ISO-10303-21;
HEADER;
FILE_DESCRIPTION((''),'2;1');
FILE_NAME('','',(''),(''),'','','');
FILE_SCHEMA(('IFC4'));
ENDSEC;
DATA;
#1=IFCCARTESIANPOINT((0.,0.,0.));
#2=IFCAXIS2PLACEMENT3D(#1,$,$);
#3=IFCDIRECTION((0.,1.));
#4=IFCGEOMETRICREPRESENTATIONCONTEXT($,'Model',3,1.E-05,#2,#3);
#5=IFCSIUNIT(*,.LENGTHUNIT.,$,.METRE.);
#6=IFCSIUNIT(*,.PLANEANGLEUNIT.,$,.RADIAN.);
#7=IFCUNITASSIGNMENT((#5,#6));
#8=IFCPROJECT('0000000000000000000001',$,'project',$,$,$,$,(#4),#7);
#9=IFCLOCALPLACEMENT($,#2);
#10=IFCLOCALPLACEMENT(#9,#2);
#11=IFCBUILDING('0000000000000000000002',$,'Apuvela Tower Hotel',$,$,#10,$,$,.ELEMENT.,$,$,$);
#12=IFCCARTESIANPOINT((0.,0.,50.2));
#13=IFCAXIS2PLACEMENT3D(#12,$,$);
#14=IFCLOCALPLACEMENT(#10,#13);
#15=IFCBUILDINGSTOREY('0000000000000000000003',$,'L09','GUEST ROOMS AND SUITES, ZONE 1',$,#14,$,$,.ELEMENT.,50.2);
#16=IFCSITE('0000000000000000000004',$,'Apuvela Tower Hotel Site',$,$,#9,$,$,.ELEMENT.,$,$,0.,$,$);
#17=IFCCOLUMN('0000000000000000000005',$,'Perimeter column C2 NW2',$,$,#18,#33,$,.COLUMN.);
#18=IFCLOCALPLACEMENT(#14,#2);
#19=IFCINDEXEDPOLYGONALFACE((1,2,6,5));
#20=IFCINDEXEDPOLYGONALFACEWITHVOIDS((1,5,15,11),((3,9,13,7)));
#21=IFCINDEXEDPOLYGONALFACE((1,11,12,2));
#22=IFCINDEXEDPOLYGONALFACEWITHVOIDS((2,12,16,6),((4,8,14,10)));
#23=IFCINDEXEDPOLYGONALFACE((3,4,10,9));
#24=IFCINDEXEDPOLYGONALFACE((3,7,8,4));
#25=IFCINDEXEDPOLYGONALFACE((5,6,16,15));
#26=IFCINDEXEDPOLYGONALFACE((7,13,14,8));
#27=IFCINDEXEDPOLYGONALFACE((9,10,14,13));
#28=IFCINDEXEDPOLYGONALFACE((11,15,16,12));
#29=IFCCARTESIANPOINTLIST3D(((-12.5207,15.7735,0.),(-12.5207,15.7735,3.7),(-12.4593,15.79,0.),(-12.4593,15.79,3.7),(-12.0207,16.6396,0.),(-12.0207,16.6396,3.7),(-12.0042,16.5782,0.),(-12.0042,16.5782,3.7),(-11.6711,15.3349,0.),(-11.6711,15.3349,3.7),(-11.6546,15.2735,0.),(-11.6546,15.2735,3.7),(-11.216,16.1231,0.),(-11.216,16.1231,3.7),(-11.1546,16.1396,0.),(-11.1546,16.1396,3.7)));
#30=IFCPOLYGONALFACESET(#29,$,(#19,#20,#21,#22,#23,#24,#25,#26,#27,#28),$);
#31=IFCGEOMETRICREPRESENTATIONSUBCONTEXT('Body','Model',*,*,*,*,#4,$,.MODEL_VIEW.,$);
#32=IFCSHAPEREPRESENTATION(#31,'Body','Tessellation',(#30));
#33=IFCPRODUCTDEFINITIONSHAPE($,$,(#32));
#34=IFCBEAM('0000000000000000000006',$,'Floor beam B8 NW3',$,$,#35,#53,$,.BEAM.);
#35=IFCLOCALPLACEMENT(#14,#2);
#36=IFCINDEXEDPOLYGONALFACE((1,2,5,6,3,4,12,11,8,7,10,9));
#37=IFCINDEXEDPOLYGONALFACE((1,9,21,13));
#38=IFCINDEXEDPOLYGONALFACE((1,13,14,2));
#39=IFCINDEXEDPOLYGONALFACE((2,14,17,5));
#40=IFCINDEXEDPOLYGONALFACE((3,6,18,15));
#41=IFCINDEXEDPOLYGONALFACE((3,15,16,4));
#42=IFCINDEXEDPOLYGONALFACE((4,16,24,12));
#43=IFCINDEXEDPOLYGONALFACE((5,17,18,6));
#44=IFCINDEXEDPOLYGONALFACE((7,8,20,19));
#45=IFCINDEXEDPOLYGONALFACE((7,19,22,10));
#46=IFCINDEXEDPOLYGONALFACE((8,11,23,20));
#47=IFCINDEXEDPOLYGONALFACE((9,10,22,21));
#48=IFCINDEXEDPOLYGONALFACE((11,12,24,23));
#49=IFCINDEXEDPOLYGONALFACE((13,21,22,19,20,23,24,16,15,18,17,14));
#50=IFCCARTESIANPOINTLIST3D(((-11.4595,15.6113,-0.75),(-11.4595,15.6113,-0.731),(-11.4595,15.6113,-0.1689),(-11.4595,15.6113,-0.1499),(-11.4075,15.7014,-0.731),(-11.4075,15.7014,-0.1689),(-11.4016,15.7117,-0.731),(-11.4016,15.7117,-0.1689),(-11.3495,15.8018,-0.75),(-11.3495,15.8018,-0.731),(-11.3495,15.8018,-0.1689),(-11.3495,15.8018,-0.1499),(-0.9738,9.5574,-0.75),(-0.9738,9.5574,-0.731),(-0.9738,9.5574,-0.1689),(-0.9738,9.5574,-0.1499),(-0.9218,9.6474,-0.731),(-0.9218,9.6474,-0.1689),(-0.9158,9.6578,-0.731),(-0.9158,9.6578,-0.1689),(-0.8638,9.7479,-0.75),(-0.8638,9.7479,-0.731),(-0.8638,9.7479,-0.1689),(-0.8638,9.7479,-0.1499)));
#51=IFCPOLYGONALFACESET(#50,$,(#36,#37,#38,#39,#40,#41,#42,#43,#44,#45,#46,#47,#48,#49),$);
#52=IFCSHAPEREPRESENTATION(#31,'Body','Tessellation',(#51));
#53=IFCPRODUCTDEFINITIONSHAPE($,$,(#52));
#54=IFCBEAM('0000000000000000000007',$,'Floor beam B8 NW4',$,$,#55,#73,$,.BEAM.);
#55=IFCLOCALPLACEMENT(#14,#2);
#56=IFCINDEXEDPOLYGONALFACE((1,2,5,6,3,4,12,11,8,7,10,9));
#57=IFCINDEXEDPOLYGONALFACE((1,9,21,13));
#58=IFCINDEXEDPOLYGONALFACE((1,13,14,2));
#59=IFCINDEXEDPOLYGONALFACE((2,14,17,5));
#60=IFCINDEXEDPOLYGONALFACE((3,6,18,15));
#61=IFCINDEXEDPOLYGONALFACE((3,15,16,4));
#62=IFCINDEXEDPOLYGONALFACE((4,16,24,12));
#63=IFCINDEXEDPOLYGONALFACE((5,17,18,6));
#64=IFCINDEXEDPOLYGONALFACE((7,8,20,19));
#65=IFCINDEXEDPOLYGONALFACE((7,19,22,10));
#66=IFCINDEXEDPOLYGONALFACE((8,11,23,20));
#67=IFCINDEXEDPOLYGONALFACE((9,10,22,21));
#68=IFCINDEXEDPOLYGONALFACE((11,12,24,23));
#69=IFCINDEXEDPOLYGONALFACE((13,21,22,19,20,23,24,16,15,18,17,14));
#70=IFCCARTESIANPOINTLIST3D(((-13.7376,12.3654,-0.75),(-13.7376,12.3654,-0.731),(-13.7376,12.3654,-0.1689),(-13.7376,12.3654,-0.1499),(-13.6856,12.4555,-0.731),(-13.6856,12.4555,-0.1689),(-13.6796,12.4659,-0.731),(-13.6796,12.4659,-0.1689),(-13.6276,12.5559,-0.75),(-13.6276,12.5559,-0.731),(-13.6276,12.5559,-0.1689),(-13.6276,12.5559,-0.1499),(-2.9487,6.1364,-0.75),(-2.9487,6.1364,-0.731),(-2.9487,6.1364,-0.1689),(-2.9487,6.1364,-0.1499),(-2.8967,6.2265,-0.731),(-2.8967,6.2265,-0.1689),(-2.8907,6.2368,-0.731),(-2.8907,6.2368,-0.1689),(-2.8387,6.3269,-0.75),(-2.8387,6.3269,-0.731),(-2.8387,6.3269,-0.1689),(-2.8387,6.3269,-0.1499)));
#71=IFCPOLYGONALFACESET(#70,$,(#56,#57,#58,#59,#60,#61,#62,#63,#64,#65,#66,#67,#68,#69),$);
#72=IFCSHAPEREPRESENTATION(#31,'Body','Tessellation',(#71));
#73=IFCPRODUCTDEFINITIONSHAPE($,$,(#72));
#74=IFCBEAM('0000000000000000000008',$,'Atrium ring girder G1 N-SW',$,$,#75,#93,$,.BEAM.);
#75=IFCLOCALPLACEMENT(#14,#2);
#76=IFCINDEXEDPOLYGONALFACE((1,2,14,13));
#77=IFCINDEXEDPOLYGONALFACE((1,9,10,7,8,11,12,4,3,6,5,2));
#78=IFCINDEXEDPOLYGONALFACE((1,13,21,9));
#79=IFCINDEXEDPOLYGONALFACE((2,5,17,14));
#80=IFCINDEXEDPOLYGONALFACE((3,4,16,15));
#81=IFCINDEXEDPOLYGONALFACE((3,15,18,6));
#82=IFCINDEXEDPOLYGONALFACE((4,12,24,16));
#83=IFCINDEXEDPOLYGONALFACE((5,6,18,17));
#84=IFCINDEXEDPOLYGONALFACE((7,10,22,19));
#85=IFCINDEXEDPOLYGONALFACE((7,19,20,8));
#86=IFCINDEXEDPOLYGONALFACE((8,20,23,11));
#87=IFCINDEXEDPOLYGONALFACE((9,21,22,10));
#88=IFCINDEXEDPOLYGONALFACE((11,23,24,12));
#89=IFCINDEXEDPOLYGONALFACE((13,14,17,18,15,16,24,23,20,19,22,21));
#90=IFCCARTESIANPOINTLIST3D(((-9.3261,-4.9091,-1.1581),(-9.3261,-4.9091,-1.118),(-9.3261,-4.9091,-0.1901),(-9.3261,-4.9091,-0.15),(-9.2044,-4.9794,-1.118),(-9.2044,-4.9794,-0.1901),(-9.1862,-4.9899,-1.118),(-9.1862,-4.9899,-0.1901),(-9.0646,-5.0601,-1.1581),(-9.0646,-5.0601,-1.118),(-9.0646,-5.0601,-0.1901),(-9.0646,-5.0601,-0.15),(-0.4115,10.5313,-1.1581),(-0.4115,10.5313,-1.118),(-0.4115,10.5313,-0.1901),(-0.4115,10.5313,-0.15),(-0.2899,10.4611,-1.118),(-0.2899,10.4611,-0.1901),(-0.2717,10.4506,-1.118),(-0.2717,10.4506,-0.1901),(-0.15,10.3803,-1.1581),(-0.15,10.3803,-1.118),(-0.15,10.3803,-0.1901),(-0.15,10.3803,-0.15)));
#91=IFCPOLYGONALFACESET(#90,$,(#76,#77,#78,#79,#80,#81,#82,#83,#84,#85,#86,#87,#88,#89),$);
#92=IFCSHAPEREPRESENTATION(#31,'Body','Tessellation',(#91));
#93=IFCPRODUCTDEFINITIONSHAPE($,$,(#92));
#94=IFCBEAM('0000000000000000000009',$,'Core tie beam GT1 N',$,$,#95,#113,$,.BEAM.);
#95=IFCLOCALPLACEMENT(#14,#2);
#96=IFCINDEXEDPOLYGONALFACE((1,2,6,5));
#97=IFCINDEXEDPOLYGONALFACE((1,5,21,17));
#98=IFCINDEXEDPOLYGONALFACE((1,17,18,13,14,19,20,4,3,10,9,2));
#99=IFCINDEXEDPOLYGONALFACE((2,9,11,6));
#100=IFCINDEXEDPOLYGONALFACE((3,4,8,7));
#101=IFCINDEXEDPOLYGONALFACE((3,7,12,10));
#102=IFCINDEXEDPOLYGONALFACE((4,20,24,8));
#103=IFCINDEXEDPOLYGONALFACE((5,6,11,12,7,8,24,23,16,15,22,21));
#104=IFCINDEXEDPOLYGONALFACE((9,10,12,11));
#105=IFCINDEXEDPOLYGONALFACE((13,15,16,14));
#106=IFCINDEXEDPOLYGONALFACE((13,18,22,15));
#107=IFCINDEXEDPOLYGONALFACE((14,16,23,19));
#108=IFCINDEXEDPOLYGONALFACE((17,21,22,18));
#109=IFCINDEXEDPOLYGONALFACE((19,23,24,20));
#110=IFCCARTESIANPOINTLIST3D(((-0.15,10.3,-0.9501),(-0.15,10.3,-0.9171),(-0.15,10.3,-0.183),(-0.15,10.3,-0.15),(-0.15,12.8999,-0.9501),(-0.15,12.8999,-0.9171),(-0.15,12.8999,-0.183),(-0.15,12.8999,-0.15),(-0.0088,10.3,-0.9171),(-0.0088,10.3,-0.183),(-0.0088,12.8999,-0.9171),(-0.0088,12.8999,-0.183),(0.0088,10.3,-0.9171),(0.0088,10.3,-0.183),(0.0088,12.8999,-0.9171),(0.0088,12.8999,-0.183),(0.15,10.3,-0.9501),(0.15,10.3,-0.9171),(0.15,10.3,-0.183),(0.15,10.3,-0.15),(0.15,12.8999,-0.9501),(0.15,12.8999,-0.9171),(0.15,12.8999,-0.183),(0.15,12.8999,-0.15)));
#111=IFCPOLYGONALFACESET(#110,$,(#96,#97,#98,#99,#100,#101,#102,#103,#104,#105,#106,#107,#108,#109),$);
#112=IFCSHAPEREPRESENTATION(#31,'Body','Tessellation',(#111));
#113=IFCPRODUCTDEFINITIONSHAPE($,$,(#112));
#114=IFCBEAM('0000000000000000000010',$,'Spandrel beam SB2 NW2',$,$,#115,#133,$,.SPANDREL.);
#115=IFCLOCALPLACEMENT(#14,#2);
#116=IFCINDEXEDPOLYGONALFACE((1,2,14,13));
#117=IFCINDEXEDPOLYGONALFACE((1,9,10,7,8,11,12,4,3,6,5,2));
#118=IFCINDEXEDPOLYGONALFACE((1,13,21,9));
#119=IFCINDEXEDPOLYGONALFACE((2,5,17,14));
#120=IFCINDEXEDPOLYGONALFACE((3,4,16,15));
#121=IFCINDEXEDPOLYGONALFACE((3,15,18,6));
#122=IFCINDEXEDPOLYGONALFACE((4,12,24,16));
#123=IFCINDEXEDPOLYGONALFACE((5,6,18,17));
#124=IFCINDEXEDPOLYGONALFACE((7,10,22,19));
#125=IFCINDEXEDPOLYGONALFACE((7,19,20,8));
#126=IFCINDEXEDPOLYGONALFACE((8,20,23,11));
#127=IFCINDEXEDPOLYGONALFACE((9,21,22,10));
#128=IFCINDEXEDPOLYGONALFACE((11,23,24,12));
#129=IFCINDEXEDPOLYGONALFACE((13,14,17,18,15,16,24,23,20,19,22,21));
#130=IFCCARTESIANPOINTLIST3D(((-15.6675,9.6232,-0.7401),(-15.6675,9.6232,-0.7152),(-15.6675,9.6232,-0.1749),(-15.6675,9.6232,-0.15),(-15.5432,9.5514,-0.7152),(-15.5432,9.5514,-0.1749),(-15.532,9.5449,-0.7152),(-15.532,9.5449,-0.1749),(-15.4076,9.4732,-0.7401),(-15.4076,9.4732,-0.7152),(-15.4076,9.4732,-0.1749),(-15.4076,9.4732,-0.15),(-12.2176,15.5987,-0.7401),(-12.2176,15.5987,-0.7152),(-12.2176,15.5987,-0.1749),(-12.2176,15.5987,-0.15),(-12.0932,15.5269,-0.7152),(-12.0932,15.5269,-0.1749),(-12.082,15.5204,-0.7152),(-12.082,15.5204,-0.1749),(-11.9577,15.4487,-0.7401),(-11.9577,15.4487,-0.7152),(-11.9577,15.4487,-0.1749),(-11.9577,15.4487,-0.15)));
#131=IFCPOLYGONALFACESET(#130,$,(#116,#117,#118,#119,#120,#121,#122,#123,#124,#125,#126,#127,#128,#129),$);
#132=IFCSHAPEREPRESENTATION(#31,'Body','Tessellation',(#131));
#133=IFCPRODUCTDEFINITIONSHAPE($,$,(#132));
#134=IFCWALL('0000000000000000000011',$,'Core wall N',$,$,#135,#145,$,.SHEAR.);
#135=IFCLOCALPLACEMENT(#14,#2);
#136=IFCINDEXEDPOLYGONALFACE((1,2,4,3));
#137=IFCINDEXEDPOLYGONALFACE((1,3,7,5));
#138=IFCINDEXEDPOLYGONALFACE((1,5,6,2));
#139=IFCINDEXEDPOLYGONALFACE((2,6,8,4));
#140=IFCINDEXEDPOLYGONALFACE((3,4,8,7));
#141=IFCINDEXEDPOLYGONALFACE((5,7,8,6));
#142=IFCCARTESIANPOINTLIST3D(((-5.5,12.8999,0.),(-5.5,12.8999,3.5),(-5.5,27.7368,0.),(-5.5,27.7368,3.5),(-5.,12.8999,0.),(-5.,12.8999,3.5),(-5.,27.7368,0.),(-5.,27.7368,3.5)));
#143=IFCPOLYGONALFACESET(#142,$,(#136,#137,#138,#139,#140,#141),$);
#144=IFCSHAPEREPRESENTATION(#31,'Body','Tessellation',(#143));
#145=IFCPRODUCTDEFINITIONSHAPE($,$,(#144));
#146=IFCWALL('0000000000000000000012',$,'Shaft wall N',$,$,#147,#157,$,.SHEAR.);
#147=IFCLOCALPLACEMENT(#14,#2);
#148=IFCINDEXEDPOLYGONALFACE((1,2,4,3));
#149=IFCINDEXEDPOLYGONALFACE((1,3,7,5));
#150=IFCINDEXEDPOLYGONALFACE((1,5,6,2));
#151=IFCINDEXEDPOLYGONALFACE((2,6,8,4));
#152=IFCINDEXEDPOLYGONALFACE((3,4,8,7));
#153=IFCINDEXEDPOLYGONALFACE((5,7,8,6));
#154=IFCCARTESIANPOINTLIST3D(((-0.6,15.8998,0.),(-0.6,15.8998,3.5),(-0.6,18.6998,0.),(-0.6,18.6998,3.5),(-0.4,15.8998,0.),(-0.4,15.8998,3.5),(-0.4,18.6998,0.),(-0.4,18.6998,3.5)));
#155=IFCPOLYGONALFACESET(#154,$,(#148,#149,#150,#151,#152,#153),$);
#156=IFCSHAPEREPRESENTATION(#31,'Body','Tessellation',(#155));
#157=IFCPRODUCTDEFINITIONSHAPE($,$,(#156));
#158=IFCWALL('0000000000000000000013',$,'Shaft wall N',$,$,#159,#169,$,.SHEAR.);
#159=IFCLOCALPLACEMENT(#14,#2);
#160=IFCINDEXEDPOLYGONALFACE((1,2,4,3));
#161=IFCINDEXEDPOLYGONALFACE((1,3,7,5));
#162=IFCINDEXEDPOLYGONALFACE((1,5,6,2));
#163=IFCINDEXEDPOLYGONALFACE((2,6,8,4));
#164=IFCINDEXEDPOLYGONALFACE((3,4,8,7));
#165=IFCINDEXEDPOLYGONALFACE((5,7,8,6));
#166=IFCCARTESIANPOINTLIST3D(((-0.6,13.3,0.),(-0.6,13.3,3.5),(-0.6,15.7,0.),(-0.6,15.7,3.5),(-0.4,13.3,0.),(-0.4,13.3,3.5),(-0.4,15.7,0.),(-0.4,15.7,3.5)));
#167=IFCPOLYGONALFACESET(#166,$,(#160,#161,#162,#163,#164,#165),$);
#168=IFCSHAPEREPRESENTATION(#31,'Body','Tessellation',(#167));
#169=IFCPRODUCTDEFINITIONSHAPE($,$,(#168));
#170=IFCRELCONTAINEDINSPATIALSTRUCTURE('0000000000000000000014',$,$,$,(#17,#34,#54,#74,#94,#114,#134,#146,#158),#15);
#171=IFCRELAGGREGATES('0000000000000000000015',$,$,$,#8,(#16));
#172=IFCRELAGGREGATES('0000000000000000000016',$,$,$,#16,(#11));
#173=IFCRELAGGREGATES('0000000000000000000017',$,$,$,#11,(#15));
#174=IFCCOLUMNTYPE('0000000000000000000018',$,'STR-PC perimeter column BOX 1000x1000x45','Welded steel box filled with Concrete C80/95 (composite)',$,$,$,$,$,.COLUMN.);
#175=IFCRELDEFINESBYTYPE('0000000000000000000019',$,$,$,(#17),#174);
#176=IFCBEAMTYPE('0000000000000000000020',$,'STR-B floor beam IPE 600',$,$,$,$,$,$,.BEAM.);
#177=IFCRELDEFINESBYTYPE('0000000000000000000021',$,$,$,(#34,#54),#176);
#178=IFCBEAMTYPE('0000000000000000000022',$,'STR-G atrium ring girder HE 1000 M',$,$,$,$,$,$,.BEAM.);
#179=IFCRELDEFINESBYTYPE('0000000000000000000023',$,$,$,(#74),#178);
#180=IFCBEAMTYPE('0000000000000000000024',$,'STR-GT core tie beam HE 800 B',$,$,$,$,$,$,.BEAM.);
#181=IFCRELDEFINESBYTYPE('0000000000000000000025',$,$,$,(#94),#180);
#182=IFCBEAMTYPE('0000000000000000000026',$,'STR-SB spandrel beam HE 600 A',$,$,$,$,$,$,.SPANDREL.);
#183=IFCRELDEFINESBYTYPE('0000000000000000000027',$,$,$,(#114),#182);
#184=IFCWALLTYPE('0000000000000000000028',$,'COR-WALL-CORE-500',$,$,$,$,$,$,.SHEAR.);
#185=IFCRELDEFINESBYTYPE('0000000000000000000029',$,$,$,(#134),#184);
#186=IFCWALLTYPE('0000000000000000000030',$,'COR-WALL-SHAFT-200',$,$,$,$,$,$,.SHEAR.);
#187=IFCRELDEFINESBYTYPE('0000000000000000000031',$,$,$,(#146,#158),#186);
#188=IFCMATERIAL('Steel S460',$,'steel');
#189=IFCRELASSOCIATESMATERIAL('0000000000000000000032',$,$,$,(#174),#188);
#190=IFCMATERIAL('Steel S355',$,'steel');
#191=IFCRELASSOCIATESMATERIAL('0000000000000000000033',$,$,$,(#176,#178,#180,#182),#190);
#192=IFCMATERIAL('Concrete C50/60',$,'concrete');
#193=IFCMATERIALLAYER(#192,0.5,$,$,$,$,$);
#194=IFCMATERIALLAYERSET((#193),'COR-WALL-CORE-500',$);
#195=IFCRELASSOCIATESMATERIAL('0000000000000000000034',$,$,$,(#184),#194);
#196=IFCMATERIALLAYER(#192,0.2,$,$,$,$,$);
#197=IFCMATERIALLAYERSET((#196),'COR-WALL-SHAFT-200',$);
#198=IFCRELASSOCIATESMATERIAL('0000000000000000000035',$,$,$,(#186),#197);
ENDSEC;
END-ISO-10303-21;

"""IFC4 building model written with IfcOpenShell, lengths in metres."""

from ifc_helpers import new_model, si_unit, direction, frame, frame_2d, origin, origin_2d, place, context, subcontext, project, spatial, rectangle, hollow_rectangle, i_section, extrude, material, layer, layer_set, material_profile, profile_set, type_object, element, save


model = new_model("IFC4")

# Units and contexts
model_context = context("Model", 3, precision=1e-05, world=origin(), true_north=direction((0.0, 1.0)))
body_context = subcontext(model_context, "Body", "Model", "MODEL_VIEW")
ifc_project = project(units=[si_unit("LENGTHUNIT", "METRE"), si_unit("PLANEANGLEUNIT", "RADIAN")], contexts=[model_context])

# Site, building, storey
site_placement = place(None, origin())
site = spatial("IfcSite", under=ifc_project, at=site_placement, Name="Apuvela Tower Hotel Site", CompositionType="ELEMENT", RefElevation=0.0)
building_placement = place(site_placement, origin())
building = spatial("IfcBuilding", under=site, at=building_placement, Name="Apuvela Tower Hotel", CompositionType="ELEMENT")
storey_placement = place(building_placement, frame((0.0, 0.0, 50.2)))
storey = spatial("IfcBuildingStorey", under=building, at=storey_placement, Name="L09", Description="GUEST ROOMS AND SUITES, ZONE 1", CompositionType="ELEMENT", Elevation=50.2)

# Column
ifc_material_1 = material(Name="Steel S460", Category="steel")
ifc_material_profile_1 = material_profile(ifc_material_1, hollow_rectangle(XDim=1.0, YDim=1.0, WallThickness=0.0449, at=origin_2d()), Name="BOX 1000x1000x45")
ifc_material_2 = material(Name="Concrete C80/95", Category="concrete")
ifc_material_profile_2 = material_profile(ifc_material_2, rectangle(XDim=0.9099, YDim=0.9099, at=origin_2d()), Name="Concrete C80/95 infill")
ifc_profile_set_1 = profile_set([ifc_material_profile_1, ifc_material_profile_2], Name="Steel S460")
column_type = type_object("IfcColumnType", Name="STR-PC perimeter column BOX 1000x1000x45", Description="Welded steel box filled with Concrete C80/95 (composite)", PredefinedType="COLUMN", material=ifc_profile_set_1)
column_placement = place(storey_placement, frame((-11.8376, 15.9565, 0.0), z_axis=(0.0, 0.0, 1.0), x_axis=(0.5, 0.866025, 0.0)))
element("IfcColumn", 1, at=column_placement, inside=storey, type_object=column_type, Name="Perimeter column C2 NW2", PredefinedType="COLUMN", context=body_context, shape_type="SweptSolid", body=[
    extrude(hollow_rectangle(XDim=1.0, YDim=1.0, WallThickness=0.0449, at=origin_2d()), origin(), (0.0, 0.0, 1.0), 3.7),
])

# Beams
ifc_material_3 = material(Name="Steel S355", Category="steel")
ifc_material_profile_3 = material_profile(ifc_material_3, i_section(OverallWidth=0.22, OverallDepth=0.6001, WebThickness=0.012, FlangeThickness=0.019, at=origin_2d()), Name="IPE 600")
ifc_profile_set_2 = profile_set([ifc_material_profile_3], Name="Steel S355")
beam_type_1 = type_object("IfcBeamType", Name="STR-B floor beam IPE 600", PredefinedType="BEAM", material=ifc_profile_set_2)
beam_1_placement = place(storey_placement, frame((-11.4045, 15.7065, -0.45), z_axis=(0.866027, -0.499997, 0.0), x_axis=(0.499997, 0.866027, 0.0)))
element("IfcBeam", 2, at=beam_1_placement, inside=storey, type_object=beam_type_1, Name="Floor beam B8 NW3", PredefinedType="BEAM", context=body_context, shape_type="SweptSolid", body=[
    extrude(i_section(OverallWidth=0.22, OverallDepth=0.6001, WebThickness=0.012, FlangeThickness=0.019, at=origin_2d()), origin(), (0.0, 0.0, 1.0), 12.1079),
])
beam_2_placement = place(storey_placement, frame((-13.6826, 12.4607, -0.45), z_axis=(0.866023, -0.500005, 0.0), x_axis=(0.500005, 0.866023, 0.0)))
element("IfcBeam", 3, at=beam_2_placement, inside=storey, type_object=beam_type_1, Name="Floor beam B8 NW4", PredefinedType="BEAM", context=body_context, shape_type="SweptSolid", body=[
    extrude(i_section(OverallWidth=0.22, OverallDepth=0.6001, WebThickness=0.012, FlangeThickness=0.019, at=origin_2d()), origin(), (0.0, 0.0, 1.0), 12.458),
])
ifc_material_profile_4 = material_profile(ifc_material_3, i_section(OverallWidth=0.302, OverallDepth=1.0081, WebThickness=0.021, FlangeThickness=0.04, at=origin_2d()), Name="HE 1000 M")
ifc_profile_set_3 = profile_set([ifc_material_profile_4], Name="Steel S355")
beam_type_2 = type_object("IfcBeamType", Name="STR-G atrium ring girder HE 1000 M", PredefinedType="BEAM", material=ifc_profile_set_3)
beam_3_placement = place(storey_placement, frame((-0.2808, 10.4558, -0.6541), z_axis=(-0.500001, -0.866025, 0.0), x_axis=(0.866025, -0.500001, 0.0)))
element("IfcBeam", 4, at=beam_3_placement, inside=storey, type_object=beam_type_2, Name="Atrium ring girder G1 N-SW", PredefinedType="BEAM", context=body_context, shape_type="SweptSolid", body=[
    extrude(i_section(OverallWidth=0.302, OverallDepth=1.0081, WebThickness=0.021, FlangeThickness=0.04, at=origin_2d()), origin(), (0.0, 0.0, 1.0), 17.8291),
])
ifc_material_profile_5 = material_profile(ifc_material_3, i_section(OverallWidth=0.3, OverallDepth=0.8, WebThickness=0.0176, FlangeThickness=0.033, at=origin_2d()), Name="HE 800 B")
ifc_profile_set_4 = profile_set([ifc_material_profile_5], Name="Steel S355")
beam_type_3 = type_object("IfcBeamType", Name="STR-GT core tie beam HE 800 B", PredefinedType="BEAM", material=ifc_profile_set_4)
beam_4_placement = place(storey_placement, frame((0.0, 12.8999, -0.55), z_axis=(0.0, -1.0, 0.0), x_axis=(1.0, 0.0, 0.0)))
element("IfcBeam", 5, at=beam_4_placement, inside=storey, type_object=beam_type_3, Name="Core tie beam GT1 N", PredefinedType="BEAM", context=body_context, shape_type="SweptSolid", body=[
    extrude(i_section(OverallWidth=0.3, OverallDepth=0.8, WebThickness=0.0176, FlangeThickness=0.033, at=origin_2d()), origin(), (0.0, 0.0, 1.0), 2.5999),
])
ifc_material_profile_6 = material_profile(ifc_material_3, i_section(OverallWidth=0.3, OverallDepth=0.5901, WebThickness=0.0129, FlangeThickness=0.0249, at=origin_2d()), Name="HE 600 A")
ifc_profile_set_5 = profile_set([ifc_material_profile_6], Name="Steel S355")
beam_type_4 = type_object("IfcBeamType", Name="STR-SB spandrel beam HE 600 A", PredefinedType="SPANDREL", material=ifc_profile_set_5)
beam_5_placement = place(storey_placement, frame((-12.0876, 15.5237, -0.4451), z_axis=(-0.499994, -0.866029, 0.0), x_axis=(0.866029, -0.499994, 0.0)))
element("IfcBeam", 6, at=beam_5_placement, inside=storey, type_object=beam_type_4, Name="Spandrel beam SB2 NW2", PredefinedType="SPANDREL", context=body_context, shape_type="SweptSolid", body=[
    extrude(i_section(OverallWidth=0.3, OverallDepth=0.5901, WebThickness=0.0129, FlangeThickness=0.0249, at=origin_2d()), origin(), (0.0, 0.0, 1.0), 6.8999),
])

# Walls
ifc_material_4 = material(Name="Concrete C50/60", Category="concrete")
ifc_layer_1 = layer(ifc_material_4, 0.5)
ifc_layer_set_1 = layer_set([ifc_layer_1], Name="COR-WALL-CORE-500")
wall_type_1 = type_object("IfcWallType", Name="COR-WALL-CORE-500", PredefinedType="SHEAR", material=ifc_layer_set_1)
wall_1_placement = place(storey_placement, frame((-5.25, 12.8999, 0.0), z_axis=(0.0, 0.0, 1.0), x_axis=(0.0, 1.0, 0.0)))
element("IfcWall", 7, at=wall_1_placement, inside=storey, type_object=wall_type_1, Name="Core wall N", PredefinedType="SHEAR", context=body_context, shape_type="SweptSolid", body=[
    extrude(rectangle(XDim=14.8369, YDim=0.5, at=frame_2d((7.4185, 0.0))), origin(), (0.0, 0.0, 1.0), 3.5),
])
ifc_layer_2 = layer(ifc_material_4, 0.2)
ifc_layer_set_2 = layer_set([ifc_layer_2], Name="COR-WALL-SHAFT-200")
wall_type_2 = type_object("IfcWallType", Name="COR-WALL-SHAFT-200", PredefinedType="SHEAR", material=ifc_layer_set_2)
wall_2_placement = place(storey_placement, frame((-0.5, 15.8999, 0.0), z_axis=(0.0, 0.0, 1.0), x_axis=(0.0, 1.0, 0.0)))
element("IfcWall", 8, at=wall_2_placement, inside=storey, type_object=wall_type_2, Name="Shaft wall N", PredefinedType="SHEAR", context=body_context, shape_type="SweptSolid", body=[
    extrude(rectangle(XDim=2.8, YDim=0.2, at=frame_2d((1.3999, 0.0))), origin(), (0.0, 0.0, 1.0), 3.5),
])
wall_3_placement = place(storey_placement, frame((-0.5, 13.3, 0.0), z_axis=(0.0, 0.0, 1.0), x_axis=(0.0, 1.0, 0.0)))
element("IfcWall", 9, at=wall_3_placement, inside=storey, type_object=wall_type_2, Name="Shaft wall N", PredefinedType="SHEAR", context=body_context, shape_type="SweptSolid", body=[
    extrude(rectangle(XDim=2.3999, YDim=0.2, at=frame_2d((1.2, 0.0))), origin(), (0.0, 0.0, 1.0), 3.5),
])

save(model, "model.ifc")
